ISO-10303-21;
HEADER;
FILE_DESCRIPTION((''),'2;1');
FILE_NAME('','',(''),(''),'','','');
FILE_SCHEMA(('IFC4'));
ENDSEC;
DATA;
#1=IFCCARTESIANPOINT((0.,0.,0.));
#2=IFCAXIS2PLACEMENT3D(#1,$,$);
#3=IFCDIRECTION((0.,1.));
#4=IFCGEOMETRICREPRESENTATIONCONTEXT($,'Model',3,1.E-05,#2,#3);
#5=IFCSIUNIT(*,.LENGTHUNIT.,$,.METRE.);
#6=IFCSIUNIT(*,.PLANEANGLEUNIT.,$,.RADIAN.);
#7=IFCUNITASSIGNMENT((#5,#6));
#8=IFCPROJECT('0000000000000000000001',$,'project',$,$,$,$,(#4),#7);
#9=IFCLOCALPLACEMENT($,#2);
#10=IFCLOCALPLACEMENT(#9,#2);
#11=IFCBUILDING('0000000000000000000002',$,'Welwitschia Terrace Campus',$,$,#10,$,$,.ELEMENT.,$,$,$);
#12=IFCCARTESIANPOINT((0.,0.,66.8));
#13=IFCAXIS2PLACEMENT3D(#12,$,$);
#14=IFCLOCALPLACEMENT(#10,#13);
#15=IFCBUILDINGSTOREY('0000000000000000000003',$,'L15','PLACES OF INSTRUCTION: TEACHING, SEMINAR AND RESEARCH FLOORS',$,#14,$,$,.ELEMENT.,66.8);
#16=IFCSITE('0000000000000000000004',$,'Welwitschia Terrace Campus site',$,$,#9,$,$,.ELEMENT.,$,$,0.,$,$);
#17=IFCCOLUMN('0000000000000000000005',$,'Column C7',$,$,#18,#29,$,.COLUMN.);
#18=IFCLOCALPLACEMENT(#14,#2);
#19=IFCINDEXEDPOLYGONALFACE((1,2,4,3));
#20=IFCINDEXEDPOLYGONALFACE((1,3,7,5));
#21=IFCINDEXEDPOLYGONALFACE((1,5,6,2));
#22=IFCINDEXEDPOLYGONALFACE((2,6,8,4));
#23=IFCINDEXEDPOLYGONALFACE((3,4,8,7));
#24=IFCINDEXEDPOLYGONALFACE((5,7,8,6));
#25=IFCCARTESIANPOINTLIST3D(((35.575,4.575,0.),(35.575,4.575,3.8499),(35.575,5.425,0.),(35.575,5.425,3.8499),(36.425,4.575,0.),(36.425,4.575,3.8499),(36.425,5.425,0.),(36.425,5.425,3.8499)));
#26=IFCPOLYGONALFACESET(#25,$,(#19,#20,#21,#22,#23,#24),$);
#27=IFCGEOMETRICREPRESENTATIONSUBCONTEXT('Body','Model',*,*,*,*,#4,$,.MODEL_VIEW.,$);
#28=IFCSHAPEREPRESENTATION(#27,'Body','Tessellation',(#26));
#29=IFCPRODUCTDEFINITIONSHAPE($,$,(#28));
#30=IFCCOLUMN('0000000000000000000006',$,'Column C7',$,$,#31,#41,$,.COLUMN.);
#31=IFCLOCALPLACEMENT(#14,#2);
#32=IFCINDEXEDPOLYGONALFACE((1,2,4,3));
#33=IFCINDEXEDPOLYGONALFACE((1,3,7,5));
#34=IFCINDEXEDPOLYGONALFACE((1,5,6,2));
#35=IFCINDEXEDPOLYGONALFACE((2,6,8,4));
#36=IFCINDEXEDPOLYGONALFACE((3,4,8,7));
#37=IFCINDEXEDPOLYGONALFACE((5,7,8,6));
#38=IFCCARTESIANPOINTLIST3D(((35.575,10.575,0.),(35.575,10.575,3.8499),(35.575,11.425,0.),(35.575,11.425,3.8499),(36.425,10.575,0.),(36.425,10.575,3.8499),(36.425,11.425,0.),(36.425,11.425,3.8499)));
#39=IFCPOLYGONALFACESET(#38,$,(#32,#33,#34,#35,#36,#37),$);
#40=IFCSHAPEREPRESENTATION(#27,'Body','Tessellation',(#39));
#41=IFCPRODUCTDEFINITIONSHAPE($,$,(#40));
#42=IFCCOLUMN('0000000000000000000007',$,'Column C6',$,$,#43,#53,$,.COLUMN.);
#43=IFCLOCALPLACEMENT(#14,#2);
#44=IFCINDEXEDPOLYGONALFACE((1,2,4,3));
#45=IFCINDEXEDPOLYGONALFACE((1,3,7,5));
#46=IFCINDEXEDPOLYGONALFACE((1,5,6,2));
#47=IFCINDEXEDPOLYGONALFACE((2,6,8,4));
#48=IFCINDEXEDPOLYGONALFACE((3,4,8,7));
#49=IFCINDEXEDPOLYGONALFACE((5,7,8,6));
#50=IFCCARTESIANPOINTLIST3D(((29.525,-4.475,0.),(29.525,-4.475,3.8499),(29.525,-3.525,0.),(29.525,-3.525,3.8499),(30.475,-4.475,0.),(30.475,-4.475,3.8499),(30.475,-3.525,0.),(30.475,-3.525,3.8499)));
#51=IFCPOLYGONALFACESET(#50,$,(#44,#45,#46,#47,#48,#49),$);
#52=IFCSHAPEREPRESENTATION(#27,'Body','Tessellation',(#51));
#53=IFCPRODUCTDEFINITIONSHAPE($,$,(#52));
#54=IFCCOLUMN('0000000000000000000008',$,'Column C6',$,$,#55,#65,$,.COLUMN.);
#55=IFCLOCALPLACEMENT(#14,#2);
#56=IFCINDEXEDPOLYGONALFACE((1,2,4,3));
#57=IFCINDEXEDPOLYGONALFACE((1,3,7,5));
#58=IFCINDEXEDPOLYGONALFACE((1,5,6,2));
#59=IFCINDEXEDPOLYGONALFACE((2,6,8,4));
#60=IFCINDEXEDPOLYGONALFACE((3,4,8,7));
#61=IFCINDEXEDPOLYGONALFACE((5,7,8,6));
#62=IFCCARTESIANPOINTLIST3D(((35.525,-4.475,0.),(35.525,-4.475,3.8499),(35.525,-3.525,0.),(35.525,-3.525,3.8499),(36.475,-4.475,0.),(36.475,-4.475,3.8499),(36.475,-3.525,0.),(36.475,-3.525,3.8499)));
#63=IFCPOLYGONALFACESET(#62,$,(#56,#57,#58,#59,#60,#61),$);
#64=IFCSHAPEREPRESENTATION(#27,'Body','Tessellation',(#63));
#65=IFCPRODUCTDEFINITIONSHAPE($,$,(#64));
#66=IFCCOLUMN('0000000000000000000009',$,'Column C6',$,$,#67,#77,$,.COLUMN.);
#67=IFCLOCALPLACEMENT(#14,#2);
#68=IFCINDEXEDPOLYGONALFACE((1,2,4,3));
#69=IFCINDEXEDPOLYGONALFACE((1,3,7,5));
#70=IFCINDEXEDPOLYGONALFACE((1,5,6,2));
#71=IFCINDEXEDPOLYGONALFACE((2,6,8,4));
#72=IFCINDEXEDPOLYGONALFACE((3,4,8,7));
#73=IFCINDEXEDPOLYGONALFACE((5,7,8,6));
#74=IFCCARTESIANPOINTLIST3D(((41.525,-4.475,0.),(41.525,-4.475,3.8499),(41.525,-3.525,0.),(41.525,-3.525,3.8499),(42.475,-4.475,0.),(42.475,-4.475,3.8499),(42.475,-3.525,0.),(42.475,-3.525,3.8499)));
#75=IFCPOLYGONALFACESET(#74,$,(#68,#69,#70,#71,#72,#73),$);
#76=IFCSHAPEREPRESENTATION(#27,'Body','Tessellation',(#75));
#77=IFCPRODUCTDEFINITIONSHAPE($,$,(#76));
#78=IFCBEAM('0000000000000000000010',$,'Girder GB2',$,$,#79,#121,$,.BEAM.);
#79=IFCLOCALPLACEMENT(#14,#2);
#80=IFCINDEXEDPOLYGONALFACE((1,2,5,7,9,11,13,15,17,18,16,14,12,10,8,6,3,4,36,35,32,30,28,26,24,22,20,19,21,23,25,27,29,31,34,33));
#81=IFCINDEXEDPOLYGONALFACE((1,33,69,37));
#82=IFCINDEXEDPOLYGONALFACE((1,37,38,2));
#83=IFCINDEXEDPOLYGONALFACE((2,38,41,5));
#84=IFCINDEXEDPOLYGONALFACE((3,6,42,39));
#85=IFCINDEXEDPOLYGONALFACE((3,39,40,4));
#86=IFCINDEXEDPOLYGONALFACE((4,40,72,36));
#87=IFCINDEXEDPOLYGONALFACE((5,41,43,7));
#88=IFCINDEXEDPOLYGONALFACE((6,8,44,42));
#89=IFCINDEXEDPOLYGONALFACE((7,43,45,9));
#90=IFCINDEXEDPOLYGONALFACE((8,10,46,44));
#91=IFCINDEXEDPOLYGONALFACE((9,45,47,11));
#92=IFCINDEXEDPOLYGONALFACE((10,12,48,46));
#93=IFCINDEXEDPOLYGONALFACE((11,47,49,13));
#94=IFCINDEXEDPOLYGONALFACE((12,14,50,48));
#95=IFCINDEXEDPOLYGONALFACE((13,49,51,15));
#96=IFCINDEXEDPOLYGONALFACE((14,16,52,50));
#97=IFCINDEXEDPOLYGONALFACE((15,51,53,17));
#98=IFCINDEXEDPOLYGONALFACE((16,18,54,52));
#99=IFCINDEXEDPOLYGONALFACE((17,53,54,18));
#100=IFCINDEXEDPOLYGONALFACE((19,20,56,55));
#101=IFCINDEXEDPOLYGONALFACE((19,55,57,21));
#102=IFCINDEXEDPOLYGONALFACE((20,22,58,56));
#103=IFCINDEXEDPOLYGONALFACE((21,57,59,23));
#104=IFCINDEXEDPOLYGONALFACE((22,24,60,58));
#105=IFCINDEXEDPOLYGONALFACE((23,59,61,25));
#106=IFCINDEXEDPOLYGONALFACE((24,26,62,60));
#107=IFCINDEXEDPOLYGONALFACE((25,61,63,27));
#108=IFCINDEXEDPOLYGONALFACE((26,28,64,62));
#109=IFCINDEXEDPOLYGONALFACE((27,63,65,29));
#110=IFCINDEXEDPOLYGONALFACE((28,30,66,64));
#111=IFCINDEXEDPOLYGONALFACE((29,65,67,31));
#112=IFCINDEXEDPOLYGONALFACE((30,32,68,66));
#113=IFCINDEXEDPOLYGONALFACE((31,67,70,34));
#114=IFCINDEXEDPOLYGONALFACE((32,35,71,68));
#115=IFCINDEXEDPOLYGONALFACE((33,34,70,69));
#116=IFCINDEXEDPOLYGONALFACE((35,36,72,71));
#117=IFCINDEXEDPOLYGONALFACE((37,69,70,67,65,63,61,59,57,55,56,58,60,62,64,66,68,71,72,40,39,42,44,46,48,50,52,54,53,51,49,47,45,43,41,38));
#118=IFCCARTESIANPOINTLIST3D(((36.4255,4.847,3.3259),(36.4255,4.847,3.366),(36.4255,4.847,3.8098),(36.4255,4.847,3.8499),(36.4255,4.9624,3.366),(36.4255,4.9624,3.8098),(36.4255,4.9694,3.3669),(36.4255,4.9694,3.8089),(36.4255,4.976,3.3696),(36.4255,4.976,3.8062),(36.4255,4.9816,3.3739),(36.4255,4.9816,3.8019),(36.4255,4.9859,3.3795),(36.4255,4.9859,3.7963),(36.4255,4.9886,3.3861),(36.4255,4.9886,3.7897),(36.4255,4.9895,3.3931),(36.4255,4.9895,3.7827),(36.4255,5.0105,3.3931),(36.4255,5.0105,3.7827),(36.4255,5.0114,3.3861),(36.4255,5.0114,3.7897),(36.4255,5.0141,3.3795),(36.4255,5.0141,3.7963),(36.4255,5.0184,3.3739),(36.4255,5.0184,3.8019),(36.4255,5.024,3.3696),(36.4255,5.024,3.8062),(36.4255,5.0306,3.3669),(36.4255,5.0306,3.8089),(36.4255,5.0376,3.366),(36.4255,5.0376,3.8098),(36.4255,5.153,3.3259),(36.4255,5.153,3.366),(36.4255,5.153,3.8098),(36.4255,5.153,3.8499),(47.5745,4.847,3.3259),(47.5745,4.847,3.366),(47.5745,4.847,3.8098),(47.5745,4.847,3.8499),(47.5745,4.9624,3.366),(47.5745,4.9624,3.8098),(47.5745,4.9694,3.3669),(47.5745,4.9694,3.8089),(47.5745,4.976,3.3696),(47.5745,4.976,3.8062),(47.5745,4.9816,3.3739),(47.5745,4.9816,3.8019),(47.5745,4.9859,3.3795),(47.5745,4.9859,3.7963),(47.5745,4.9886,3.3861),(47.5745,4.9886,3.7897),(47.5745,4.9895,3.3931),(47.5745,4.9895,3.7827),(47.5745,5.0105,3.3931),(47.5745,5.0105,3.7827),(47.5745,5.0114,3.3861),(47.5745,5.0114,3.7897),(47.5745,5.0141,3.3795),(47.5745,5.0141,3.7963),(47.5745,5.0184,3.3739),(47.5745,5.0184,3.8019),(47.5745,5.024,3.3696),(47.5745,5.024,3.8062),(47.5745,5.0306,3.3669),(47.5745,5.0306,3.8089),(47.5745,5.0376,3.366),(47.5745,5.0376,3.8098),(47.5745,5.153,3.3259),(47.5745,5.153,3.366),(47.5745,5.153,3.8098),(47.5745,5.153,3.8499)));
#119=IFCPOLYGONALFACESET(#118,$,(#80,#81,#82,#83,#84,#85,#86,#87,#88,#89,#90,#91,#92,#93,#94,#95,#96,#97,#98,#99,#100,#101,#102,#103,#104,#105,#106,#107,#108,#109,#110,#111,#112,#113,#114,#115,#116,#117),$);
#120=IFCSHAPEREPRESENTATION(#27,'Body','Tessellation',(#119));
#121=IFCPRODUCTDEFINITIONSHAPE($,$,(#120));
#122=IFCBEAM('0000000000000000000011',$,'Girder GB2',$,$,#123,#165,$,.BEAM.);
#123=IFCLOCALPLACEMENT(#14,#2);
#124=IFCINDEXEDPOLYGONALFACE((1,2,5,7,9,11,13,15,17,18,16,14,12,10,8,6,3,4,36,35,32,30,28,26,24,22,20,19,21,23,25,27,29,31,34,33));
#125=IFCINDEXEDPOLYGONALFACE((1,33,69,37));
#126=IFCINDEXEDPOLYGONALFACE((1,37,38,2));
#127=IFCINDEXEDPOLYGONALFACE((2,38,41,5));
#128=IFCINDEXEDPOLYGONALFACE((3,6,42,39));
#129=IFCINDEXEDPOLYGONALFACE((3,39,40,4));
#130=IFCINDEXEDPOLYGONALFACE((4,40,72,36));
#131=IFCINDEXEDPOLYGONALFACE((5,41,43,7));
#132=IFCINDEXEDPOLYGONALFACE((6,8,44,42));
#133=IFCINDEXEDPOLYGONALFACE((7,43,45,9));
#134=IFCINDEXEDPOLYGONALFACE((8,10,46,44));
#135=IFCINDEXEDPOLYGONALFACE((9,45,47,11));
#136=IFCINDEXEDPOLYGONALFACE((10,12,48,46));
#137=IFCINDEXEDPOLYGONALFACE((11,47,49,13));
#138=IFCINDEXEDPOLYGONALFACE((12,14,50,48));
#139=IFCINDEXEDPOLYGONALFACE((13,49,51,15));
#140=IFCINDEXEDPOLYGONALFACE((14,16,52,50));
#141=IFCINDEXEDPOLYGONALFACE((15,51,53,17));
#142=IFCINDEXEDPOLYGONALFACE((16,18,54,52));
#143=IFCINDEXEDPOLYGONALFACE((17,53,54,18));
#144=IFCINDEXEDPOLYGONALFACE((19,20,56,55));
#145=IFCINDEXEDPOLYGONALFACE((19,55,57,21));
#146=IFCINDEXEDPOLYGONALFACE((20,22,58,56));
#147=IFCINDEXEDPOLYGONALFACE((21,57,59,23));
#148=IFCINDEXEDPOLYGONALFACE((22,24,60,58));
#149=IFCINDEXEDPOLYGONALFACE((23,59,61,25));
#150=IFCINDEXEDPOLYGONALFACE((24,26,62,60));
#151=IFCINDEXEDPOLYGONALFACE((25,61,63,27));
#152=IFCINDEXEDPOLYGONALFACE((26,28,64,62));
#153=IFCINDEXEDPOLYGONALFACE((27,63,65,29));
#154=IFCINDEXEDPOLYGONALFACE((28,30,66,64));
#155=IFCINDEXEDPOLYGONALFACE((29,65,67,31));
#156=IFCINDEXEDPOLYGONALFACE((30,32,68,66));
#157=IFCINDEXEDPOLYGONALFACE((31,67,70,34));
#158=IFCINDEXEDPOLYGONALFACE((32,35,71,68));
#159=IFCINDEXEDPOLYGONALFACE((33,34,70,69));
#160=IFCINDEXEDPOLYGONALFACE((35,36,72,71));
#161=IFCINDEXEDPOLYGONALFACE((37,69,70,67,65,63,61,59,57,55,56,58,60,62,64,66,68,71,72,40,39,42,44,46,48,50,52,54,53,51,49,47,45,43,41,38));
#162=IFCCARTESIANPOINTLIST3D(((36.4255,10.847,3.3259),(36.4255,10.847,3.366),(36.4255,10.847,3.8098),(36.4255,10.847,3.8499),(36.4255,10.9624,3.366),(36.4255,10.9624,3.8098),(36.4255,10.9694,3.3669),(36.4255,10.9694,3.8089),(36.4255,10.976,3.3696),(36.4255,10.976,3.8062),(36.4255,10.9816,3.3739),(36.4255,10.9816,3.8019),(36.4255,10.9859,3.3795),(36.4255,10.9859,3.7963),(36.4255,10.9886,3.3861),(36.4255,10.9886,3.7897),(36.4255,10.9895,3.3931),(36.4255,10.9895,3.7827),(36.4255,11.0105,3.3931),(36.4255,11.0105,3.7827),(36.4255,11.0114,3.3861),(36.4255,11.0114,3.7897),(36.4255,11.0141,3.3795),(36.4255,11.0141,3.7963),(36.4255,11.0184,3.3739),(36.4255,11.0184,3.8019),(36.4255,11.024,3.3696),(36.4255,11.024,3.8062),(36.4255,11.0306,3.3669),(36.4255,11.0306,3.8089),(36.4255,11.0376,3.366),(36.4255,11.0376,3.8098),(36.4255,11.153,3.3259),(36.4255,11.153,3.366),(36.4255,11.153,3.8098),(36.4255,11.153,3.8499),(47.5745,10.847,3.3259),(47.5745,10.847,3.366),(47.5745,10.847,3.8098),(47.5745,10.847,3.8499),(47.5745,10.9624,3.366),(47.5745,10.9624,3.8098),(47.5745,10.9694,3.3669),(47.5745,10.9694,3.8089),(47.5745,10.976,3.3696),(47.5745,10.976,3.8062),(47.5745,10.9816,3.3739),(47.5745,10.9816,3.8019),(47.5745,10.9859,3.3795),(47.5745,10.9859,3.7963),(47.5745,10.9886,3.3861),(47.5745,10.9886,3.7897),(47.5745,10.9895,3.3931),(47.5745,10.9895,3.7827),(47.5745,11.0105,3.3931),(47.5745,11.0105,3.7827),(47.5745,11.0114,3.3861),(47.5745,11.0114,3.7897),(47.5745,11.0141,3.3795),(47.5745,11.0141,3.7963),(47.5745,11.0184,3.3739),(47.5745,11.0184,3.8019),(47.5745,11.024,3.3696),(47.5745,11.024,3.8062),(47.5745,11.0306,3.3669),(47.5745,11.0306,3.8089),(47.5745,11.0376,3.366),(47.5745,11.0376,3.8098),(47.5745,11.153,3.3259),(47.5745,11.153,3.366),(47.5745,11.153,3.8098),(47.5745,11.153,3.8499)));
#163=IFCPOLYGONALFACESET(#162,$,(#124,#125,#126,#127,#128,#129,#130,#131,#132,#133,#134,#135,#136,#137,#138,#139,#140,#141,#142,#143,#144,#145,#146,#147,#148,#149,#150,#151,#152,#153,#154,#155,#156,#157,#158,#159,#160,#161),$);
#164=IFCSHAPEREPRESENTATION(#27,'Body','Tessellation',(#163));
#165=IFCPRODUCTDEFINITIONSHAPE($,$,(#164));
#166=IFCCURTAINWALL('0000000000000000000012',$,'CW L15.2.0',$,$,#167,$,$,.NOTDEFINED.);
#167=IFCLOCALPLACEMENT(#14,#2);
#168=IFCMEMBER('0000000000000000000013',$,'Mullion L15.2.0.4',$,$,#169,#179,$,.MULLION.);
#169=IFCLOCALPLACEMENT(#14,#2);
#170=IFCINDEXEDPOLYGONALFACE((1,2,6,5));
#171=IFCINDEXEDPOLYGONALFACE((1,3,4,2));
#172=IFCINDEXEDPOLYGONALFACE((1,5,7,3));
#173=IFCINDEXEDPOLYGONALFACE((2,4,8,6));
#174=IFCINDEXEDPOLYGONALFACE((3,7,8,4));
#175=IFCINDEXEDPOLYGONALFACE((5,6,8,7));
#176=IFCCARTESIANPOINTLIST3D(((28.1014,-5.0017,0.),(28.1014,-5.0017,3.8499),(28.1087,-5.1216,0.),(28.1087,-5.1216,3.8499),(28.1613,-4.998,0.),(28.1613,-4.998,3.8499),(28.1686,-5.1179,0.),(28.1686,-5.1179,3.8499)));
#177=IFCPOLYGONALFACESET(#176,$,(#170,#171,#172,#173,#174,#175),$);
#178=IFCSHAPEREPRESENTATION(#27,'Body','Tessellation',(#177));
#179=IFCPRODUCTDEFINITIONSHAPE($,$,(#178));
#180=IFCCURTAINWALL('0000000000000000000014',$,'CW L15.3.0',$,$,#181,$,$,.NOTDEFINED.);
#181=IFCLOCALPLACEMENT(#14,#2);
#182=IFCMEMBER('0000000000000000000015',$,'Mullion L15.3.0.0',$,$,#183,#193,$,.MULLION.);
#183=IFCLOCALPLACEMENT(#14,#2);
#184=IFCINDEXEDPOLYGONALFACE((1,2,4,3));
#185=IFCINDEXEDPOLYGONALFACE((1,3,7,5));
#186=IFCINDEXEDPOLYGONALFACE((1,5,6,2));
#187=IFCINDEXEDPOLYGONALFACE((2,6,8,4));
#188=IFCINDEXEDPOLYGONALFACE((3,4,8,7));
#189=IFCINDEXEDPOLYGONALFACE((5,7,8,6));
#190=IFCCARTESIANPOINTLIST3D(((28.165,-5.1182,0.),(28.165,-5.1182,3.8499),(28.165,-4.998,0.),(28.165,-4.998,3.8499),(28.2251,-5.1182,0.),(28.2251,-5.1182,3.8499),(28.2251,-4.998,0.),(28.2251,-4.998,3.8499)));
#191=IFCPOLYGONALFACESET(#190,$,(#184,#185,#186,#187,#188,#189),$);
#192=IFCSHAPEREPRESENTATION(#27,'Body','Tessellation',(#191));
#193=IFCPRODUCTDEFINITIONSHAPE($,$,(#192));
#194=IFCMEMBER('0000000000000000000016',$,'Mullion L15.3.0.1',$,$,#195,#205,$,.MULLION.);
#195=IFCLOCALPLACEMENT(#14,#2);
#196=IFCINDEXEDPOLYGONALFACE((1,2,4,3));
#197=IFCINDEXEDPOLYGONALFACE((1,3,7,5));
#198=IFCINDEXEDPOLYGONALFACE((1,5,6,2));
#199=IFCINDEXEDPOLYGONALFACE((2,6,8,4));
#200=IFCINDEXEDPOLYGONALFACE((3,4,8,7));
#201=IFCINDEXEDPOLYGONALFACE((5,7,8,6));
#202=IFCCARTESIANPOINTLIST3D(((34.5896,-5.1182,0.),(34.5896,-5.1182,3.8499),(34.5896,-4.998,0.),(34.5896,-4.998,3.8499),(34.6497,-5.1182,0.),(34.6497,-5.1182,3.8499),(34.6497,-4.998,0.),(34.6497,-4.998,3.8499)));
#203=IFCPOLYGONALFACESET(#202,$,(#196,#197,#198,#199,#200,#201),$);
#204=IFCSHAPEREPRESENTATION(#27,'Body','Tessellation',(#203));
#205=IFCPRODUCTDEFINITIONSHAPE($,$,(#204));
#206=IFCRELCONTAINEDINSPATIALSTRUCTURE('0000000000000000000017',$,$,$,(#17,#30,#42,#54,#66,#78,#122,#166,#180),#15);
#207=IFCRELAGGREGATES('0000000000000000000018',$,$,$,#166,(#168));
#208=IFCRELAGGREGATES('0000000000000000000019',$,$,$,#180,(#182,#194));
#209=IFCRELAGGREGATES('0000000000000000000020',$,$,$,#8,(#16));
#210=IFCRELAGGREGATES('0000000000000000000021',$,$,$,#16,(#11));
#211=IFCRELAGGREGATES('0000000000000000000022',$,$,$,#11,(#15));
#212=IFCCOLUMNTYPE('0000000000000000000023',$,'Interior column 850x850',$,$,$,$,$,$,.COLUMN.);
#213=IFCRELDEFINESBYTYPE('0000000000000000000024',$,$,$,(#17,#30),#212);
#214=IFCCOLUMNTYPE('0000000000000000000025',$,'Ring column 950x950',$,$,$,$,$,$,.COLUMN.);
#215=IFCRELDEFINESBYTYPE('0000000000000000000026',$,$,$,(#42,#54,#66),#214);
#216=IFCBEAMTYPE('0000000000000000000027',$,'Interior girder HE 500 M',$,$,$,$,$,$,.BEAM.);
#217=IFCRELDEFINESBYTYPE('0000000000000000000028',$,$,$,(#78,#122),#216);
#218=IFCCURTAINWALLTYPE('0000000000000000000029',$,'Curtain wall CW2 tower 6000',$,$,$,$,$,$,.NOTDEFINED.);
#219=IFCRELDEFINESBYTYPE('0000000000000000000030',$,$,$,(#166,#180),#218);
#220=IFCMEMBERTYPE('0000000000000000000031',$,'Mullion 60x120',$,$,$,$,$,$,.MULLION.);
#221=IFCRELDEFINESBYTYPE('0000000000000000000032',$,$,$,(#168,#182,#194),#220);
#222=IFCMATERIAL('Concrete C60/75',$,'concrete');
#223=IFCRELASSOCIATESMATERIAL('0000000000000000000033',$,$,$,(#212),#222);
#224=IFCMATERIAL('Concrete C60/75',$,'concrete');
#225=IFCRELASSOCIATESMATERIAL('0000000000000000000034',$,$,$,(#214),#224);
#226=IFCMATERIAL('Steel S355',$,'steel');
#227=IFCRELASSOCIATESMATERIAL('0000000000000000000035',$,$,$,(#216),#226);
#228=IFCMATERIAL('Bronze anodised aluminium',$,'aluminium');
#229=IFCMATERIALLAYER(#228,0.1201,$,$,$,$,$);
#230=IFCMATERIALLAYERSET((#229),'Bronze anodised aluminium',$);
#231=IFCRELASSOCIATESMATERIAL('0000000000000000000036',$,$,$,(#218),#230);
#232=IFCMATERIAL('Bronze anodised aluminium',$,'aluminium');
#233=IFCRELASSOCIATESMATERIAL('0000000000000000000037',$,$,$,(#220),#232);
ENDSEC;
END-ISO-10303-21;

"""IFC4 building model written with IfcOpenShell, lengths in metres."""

from ifc_helpers import new_model, si_unit, direction, frame, origin, origin_2d, place, context, subcontext, project, spatial, rectangle, i_section, extrude, material, layer, layer_set, material_profile, profile_set, type_object, element, aggregate, save


model = new_model("IFC4")

# Units and contexts
model_context = context("Model", 3, precision=1e-05, world=origin(), true_north=direction((0.0, 1.0)))
body_context = subcontext(model_context, "Body", "Model", "MODEL_VIEW")
ifc_project = project(units=[si_unit("LENGTHUNIT", "METRE"), si_unit("PLANEANGLEUNIT", "RADIAN")], contexts=[model_context])

# Site, building, storey
site_placement = place(None, origin())
site = spatial("IfcSite", under=ifc_project, at=site_placement, Name="Welwitschia Terrace Campus site", CompositionType="ELEMENT", RefElevation=0.0)
building_placement = place(site_placement, origin())
building = spatial("IfcBuilding", under=site, at=building_placement, Name="Welwitschia Terrace Campus", CompositionType="ELEMENT")
storey_placement = place(building_placement, frame((0.0, 0.0, 66.8)))
storey = spatial("IfcBuildingStorey", under=building, at=storey_placement, Name="L15", Description="PLACES OF INSTRUCTION: TEACHING, SEMINAR AND RESEARCH FLOORS", CompositionType="ELEMENT", Elevation=66.8)

# Columns
ifc_material_1 = material(Name="Concrete C60/75", Category="concrete")
ifc_material_profile_1 = material_profile(ifc_material_1, rectangle(XDim=0.8501, YDim=0.8501, at=origin_2d()))
ifc_profile_set_1 = profile_set([ifc_material_profile_1], Name="Concrete C60/75")
column_type_1 = type_object("IfcColumnType", Name="Interior column 850x850", PredefinedType="COLUMN", material=ifc_profile_set_1)
for number, where, z_axis, x_axis, name in (
    (1, (36.0, 5.0, 0.0), (0.0, 0.0, 1.0), (1.0, 0.0, 0.0), "Column C7"),
    (2, (36.0, 11.0, 0.0), (0.0, 0.0, 1.0), (1.0, 0.0, 0.0), "Column C7"),
):
    element("IfcColumn", number, at=place(storey_placement, frame(where, z_axis=z_axis, x_axis=x_axis)), inside=storey, type_object=column_type_1, Name=name, PredefinedType="COLUMN", context=body_context, shape_type="SweptSolid", body=[
        extrude(rectangle(XDim=0.8501, YDim=0.8501, at=origin_2d()), origin(), (0.0, 0.0, 1.0), 3.8499),
    ])
ifc_material_2 = material(Name="Concrete C60/75", Category="concrete")
ifc_material_profile_2 = material_profile(ifc_material_2, rectangle(XDim=0.95, YDim=0.95, at=origin_2d()))
ifc_profile_set_2 = profile_set([ifc_material_profile_2], Name="Concrete C60/75")
column_type_2 = type_object("IfcColumnType", Name="Ring column 950x950", PredefinedType="COLUMN", material=ifc_profile_set_2)
for number, where, z_axis, x_axis, name in (
    (3, (30.0, -4.0, 0.0), (0.0, 0.0, 1.0), (1.0, 0.0, 0.0), "Column C6"),
    (4, (36.0, -4.0, 0.0), (0.0, 0.0, 1.0), (1.0, 0.0, 0.0), "Column C6"),
    (5, (42.0, -4.0, 0.0), (0.0, 0.0, 1.0), (1.0, 0.0, 0.0), "Column C6"),
):
    element("IfcColumn", number, at=place(storey_placement, frame(where, z_axis=z_axis, x_axis=x_axis)), inside=storey, type_object=column_type_2, Name=name, PredefinedType="COLUMN", context=body_context, shape_type="SweptSolid", body=[
        extrude(rectangle(XDim=0.95, YDim=0.95, at=origin_2d()), origin(), (0.0, 0.0, 1.0), 3.8499),
    ])

# Beams
ifc_material_3 = material(Name="Steel S355", Category="steel")
ifc_material_profile_3 = material_profile(ifc_material_3, i_section(OverallWidth=0.3059, OverallDepth=0.5239, WebThickness=0.021, FlangeThickness=0.04, FilletRadius=0.0271, at=origin_2d()))
ifc_profile_set_3 = profile_set([ifc_material_profile_3], Name="Steel S355")
beam_type_1 = type_object("IfcBeamType", Name="Interior girder HE 500 M", PredefinedType="BEAM", material=ifc_profile_set_3)
for number, where, z_axis, x_axis, name in (
    (6, (36.4255, 5.0, 3.5879), (1.0, 0.0, 0.0), (0.0, 1.0, 0.0), "Girder GB2"),
    (7, (36.4255, 11.0, 3.5879), (1.0, 0.0, 0.0), (0.0, 1.0, 0.0), "Girder GB2"),
):
    element("IfcBeam", number, at=place(storey_placement, frame(where, z_axis=z_axis, x_axis=x_axis)), inside=storey, type_object=beam_type_1, Name=name, PredefinedType="BEAM", context=body_context, shape_type="SweptSolid", body=[
        extrude(i_section(OverallWidth=0.3059, OverallDepth=0.5239, WebThickness=0.021, FlangeThickness=0.04, FilletRadius=0.0271, at=origin_2d()), origin(), (0.0, 0.0, 1.0), 11.1489),
    ])

# Curtain wall, member
ifc_material_4 = material(Name="Bronze anodised aluminium", Category="aluminium")
ifc_layer_1 = layer(ifc_material_4, 0.1201)
ifc_layer_set_1 = layer_set([ifc_layer_1], Name="Bronze anodised aluminium")
curtain_wall_type = type_object("IfcCurtainWallType", Name="Curtain wall CW2 tower 6000", PredefinedType="NOTDEFINED", material=ifc_layer_set_1)
curtain_wall_1_placement = place(storey_placement, origin())
curtain_wall_1 = element("IfcCurtainWall", 8, at=curtain_wall_1_placement, inside=storey, type_object=curtain_wall_type, Name="CW L15.2.0", PredefinedType="NOTDEFINED")
ifc_material_5 = material(Name="Bronze anodised aluminium", Category="aluminium")
ifc_material_profile_4 = material_profile(ifc_material_5, rectangle(XDim=0.1201, YDim=0.0601, at=origin_2d()))
ifc_profile_set_4 = profile_set([ifc_material_profile_4], Name="Bronze anodised aluminium")
member_type_1 = type_object("IfcMemberType", Name="Mullion 60x120", PredefinedType="MULLION", material=ifc_profile_set_4)
member_1_placement = place(storey_placement, frame((28.135, -5.0598, 0.0), z_axis=(0.0, 0.0, 1.0), x_axis=(-0.061049, 0.998135, 0.0)))
member_1 = element("IfcMember", 9, at=member_1_placement, type_object=member_type_1, Name="Mullion L15.2.0.4", PredefinedType="MULLION", context=body_context, shape_type="SweptSolid", body=[
    extrude(rectangle(XDim=0.1201, YDim=0.0601, at=origin_2d()), origin(), (0.0, 0.0, 1.0), 3.8499),
])
aggregate(curtain_wall_1, [member_1])

# Curtain wall, members
curtain_wall_2_placement = place(storey_placement, origin())
curtain_wall_2 = element("IfcCurtainWall", 10, at=curtain_wall_2_placement, inside=storey, type_object=curtain_wall_type, Name="CW L15.3.0", PredefinedType="NOTDEFINED")
member_2_placement = place(storey_placement, frame((28.1951, -5.0581, 0.0), z_axis=(0.0, 0.0, 1.0), x_axis=(0.0, 1.0, 0.0)))
member_2 = element("IfcMember", 11, at=member_2_placement, type_object=member_type_1, Name="Mullion L15.3.0.0", PredefinedType="MULLION", context=body_context, shape_type="SweptSolid", body=[
    extrude(rectangle(XDim=0.1201, YDim=0.0601, at=origin_2d()), origin(), (0.0, 0.0, 1.0), 3.8499),
])
member_3_placement = place(storey_placement, frame((34.6196, -5.0581, 0.0), z_axis=(0.0, 0.0, 1.0), x_axis=(0.0, 1.0, 0.0)))
member_3 = element("IfcMember", 12, at=member_3_placement, type_object=member_type_1, Name="Mullion L15.3.0.1", PredefinedType="MULLION", context=body_context, shape_type="SweptSolid", body=[
    extrude(rectangle(XDim=0.1201, YDim=0.0601, at=origin_2d()), origin(), (0.0, 0.0, 1.0), 3.8499),
])

aggregate(curtain_wall_2, [member_2, member_3])

save(model, "model.ifc")
